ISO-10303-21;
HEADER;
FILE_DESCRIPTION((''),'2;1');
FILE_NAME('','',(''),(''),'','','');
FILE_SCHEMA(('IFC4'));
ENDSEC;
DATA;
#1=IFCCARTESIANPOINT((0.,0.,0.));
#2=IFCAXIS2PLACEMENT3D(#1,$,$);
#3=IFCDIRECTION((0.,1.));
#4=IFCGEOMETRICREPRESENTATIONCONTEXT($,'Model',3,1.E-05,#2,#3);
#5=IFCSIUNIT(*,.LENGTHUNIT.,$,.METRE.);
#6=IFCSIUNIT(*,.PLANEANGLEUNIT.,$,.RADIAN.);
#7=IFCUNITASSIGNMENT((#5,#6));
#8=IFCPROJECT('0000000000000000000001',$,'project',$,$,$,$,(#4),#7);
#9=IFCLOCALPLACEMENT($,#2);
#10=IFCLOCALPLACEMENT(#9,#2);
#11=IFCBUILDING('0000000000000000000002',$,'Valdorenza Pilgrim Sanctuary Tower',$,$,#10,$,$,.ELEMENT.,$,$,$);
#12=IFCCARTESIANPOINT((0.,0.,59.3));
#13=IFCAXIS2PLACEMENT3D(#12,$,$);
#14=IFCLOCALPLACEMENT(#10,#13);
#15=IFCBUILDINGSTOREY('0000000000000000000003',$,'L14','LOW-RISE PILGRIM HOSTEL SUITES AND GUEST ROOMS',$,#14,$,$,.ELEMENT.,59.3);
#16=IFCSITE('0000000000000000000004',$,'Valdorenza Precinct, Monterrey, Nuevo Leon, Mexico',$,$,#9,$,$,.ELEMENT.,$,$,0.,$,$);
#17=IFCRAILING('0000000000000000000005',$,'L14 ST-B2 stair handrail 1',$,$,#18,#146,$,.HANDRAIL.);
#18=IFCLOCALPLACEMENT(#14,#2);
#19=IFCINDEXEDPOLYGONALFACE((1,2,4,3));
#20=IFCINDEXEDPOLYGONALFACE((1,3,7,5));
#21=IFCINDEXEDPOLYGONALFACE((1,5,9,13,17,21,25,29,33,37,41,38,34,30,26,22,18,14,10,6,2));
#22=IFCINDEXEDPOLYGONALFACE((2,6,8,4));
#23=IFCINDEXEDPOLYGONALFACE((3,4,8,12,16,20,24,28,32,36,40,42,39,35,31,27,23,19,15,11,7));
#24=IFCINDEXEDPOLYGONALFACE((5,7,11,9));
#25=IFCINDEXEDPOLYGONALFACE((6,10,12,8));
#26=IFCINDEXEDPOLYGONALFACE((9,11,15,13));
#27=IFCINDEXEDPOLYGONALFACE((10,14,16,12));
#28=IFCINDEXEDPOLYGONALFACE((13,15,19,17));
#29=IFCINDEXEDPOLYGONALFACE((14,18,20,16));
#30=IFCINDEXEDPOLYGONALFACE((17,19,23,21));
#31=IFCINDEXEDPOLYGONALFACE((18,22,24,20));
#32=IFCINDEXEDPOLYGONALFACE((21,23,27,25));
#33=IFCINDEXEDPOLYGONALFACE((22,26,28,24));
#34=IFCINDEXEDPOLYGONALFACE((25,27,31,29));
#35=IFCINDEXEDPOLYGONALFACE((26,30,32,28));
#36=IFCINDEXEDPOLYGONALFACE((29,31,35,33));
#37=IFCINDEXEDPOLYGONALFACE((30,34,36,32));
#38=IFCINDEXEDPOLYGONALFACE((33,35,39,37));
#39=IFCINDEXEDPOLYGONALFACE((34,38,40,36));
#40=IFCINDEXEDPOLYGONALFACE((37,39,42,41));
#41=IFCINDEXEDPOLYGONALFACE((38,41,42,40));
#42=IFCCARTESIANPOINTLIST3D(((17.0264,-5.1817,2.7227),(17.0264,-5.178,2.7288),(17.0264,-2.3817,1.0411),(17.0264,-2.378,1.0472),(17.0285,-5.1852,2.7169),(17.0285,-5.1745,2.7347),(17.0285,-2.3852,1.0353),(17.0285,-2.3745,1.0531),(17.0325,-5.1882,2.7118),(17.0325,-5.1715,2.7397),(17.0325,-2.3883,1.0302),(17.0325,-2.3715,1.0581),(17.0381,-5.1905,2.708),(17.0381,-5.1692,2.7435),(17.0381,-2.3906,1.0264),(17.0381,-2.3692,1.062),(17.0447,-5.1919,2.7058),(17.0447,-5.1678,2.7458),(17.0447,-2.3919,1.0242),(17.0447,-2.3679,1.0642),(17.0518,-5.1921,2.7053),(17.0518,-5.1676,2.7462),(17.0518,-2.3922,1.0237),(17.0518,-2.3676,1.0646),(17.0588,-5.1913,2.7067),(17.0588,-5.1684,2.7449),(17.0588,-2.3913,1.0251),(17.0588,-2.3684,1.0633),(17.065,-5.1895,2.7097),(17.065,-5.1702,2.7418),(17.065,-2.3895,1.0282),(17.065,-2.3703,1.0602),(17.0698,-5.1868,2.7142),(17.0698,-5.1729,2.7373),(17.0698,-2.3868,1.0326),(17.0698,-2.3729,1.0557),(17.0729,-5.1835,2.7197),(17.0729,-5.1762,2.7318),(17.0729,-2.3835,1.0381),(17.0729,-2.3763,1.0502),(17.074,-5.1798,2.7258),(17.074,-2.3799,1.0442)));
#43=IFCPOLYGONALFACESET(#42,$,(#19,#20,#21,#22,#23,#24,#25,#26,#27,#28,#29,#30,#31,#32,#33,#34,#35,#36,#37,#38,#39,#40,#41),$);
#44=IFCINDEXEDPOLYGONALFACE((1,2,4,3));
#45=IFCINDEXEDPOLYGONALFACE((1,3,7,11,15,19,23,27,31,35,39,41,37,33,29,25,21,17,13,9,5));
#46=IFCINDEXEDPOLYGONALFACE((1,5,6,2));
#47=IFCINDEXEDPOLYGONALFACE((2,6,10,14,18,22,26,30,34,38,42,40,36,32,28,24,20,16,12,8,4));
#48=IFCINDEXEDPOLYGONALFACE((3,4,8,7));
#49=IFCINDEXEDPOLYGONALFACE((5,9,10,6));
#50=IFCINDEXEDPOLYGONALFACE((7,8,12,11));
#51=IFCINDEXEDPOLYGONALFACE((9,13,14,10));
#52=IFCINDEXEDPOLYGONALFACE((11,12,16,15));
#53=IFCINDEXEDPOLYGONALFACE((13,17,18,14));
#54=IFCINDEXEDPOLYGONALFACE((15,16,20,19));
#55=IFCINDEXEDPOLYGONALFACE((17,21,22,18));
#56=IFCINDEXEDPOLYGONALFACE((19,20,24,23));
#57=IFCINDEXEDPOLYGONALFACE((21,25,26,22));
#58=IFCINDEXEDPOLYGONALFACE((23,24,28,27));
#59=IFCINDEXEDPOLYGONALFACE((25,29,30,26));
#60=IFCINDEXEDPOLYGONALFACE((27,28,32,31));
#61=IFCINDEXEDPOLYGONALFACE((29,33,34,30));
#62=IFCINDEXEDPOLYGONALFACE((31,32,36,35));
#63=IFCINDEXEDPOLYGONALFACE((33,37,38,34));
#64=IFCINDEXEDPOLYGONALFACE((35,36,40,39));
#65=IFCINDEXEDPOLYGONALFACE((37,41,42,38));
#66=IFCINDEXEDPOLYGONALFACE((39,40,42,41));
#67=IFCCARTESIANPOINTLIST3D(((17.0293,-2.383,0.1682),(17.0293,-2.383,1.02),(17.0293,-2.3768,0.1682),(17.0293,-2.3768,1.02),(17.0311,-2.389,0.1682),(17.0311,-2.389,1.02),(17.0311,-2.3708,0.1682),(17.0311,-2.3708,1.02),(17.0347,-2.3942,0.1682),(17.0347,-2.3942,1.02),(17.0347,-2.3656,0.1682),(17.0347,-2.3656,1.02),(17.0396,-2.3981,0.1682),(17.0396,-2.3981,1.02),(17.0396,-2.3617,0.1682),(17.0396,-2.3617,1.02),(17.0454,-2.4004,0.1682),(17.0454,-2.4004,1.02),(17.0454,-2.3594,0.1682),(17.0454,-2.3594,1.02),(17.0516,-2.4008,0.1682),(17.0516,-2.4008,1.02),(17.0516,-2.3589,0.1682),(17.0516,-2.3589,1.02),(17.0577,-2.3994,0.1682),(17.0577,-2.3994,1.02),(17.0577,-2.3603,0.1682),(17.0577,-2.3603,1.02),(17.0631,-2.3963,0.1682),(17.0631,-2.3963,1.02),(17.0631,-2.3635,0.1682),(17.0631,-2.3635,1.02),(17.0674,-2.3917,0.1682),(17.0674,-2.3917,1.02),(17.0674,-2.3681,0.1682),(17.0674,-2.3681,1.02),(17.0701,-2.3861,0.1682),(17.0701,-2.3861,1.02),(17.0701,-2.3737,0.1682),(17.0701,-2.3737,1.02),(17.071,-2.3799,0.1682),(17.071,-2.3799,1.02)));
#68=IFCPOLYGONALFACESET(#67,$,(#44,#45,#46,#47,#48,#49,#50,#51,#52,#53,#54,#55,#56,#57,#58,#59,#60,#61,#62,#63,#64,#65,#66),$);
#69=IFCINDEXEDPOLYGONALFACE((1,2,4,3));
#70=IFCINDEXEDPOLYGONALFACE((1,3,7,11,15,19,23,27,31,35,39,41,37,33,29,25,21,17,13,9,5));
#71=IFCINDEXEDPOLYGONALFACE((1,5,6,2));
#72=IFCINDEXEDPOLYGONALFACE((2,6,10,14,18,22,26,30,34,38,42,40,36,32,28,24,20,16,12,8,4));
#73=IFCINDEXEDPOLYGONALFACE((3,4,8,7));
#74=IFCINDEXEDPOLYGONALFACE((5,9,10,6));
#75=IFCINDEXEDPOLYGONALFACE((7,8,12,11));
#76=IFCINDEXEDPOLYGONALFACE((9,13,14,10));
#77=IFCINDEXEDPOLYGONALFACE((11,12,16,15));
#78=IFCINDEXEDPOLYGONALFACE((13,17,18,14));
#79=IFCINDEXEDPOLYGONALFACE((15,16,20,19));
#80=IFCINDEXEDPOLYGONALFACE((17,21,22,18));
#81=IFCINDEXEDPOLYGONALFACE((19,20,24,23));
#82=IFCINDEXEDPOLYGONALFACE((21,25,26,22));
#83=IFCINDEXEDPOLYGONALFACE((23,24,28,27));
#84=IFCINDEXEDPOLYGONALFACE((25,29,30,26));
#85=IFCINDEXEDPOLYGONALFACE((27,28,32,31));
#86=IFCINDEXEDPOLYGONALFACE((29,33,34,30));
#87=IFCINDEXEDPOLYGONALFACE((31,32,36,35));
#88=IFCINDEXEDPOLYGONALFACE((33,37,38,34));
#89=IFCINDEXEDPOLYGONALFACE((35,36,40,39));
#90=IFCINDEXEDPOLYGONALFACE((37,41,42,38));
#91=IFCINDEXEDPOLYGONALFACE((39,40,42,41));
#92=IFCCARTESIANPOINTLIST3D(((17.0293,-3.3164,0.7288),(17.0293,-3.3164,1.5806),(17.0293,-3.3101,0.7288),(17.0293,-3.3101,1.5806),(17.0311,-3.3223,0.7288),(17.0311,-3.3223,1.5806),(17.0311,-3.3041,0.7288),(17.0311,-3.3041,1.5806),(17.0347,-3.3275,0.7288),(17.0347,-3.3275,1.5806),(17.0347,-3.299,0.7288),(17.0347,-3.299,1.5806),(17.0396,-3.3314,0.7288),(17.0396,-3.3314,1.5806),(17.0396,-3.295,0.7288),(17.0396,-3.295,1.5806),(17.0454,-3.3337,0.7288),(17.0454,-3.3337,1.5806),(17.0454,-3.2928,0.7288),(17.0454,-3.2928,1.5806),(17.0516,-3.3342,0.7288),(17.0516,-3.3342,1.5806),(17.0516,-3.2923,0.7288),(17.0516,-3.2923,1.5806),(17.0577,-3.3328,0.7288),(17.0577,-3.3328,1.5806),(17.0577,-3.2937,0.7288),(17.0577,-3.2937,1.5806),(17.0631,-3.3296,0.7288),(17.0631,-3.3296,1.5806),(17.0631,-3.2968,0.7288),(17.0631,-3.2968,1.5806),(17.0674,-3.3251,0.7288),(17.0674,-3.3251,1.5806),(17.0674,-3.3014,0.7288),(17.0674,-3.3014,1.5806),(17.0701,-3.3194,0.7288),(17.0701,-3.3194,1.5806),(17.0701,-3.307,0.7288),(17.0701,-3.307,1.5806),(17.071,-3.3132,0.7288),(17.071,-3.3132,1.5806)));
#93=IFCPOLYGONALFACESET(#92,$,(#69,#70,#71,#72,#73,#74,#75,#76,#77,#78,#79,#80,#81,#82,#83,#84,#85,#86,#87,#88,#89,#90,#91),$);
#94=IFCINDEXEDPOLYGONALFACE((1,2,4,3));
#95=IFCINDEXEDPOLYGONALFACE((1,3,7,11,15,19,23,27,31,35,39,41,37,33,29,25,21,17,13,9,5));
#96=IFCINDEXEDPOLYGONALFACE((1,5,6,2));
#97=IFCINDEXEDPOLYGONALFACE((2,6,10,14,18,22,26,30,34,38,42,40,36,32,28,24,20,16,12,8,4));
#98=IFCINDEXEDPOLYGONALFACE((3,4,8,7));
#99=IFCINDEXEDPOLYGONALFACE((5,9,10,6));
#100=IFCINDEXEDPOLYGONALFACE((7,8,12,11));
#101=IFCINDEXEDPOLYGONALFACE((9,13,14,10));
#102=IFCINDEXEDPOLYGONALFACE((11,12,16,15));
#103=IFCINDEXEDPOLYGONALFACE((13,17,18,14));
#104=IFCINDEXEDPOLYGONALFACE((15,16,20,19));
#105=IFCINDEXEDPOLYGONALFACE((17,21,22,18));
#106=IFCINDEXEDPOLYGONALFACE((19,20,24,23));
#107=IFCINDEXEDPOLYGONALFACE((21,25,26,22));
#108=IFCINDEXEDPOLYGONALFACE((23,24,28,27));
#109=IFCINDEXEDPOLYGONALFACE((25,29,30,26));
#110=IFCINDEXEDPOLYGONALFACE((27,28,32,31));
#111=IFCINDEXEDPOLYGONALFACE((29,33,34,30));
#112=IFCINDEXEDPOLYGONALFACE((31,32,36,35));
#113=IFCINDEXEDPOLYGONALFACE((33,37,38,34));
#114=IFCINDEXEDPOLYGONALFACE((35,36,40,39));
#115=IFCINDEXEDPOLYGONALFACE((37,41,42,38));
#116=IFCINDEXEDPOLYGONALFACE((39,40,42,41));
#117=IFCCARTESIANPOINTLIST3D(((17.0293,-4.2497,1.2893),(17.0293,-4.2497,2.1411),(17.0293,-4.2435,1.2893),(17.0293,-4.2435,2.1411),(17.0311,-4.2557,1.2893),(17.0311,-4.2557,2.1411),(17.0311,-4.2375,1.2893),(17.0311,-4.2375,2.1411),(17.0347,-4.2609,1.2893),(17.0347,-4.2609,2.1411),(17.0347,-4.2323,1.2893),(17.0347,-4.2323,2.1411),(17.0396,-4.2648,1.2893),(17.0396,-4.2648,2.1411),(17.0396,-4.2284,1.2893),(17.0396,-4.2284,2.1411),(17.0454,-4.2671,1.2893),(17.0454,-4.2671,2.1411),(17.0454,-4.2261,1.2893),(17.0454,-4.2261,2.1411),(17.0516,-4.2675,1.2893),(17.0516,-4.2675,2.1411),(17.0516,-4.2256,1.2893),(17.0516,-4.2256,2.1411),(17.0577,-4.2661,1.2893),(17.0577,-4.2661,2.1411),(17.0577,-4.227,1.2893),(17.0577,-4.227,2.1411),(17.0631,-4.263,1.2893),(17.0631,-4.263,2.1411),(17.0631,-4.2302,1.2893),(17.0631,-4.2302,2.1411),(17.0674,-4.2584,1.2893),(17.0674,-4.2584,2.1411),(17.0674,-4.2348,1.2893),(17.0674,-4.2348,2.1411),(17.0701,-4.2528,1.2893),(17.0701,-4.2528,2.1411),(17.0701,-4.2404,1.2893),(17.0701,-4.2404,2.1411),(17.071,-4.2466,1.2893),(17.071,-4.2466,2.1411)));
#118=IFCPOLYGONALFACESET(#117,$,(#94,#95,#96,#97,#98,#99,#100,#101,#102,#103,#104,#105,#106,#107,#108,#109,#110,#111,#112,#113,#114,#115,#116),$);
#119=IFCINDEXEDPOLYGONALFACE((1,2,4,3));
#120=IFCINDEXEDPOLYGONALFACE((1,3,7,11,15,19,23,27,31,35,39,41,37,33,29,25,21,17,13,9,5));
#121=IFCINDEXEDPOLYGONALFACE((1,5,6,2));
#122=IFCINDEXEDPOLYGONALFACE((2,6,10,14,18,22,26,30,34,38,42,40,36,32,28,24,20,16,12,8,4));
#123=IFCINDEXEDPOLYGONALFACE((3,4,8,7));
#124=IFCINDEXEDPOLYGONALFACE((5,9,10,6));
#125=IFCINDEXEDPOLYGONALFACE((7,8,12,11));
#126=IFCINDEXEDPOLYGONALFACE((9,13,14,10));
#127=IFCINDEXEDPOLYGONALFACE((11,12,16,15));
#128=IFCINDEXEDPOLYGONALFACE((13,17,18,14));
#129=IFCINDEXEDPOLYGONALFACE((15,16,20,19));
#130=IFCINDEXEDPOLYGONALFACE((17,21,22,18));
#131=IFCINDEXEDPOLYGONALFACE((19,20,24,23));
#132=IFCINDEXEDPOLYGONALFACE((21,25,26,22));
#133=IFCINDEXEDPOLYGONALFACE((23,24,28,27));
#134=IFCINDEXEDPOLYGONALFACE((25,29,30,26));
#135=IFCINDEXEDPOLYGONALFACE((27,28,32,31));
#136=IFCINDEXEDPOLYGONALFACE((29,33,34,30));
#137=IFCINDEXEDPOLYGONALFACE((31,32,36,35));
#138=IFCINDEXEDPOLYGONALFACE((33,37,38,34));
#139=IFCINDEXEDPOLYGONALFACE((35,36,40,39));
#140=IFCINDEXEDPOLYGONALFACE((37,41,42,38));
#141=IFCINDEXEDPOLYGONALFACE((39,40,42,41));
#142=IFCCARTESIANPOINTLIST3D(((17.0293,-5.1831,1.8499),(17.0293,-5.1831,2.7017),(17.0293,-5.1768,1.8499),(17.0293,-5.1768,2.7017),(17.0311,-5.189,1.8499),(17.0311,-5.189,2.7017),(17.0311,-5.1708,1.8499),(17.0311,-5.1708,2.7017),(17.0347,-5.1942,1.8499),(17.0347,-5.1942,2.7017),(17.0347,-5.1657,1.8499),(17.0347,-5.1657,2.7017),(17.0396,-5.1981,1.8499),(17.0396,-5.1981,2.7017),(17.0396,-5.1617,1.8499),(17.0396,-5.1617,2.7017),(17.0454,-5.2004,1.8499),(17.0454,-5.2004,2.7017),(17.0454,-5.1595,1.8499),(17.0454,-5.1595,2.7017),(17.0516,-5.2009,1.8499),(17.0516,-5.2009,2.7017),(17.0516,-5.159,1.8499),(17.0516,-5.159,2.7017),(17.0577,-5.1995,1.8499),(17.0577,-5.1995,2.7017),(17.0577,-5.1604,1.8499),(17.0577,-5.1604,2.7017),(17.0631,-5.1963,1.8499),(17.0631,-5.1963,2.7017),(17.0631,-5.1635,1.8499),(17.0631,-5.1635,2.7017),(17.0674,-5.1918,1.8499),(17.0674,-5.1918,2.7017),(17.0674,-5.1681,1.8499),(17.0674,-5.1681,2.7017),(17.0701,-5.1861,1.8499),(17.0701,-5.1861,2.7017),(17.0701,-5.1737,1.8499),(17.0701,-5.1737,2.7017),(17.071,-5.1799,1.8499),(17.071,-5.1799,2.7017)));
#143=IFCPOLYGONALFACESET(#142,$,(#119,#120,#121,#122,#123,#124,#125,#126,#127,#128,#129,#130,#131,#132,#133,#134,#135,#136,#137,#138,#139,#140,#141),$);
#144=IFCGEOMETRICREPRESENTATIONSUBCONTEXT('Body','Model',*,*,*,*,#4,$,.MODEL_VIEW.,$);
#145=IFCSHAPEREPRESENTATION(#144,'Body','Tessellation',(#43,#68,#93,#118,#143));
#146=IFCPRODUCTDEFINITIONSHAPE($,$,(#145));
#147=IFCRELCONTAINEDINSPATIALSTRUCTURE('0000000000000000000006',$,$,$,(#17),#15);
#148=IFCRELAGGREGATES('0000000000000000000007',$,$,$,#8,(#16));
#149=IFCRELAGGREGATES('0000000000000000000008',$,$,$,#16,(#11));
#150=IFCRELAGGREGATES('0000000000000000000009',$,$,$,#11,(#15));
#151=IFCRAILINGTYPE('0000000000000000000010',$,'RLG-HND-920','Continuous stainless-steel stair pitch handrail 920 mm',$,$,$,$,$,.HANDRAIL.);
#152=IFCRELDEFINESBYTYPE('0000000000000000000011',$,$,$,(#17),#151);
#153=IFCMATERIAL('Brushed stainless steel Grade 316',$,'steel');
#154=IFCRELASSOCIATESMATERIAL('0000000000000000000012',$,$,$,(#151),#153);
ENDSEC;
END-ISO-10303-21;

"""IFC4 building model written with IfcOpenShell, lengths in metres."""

from ifc_helpers import new_model, si_unit, direction, frame, origin, origin_2d, place, context, subcontext, project, spatial, circle, extrude, material, type_object, element, save


model = new_model("IFC4")

# Units and contexts
model_context = context("Model", 3, precision=1e-05, world=origin(), true_north=direction((0.0, 1.0)))
body_context = subcontext(model_context, "Body", "Model", "MODEL_VIEW")
ifc_project = project(units=[si_unit("LENGTHUNIT", "METRE"), si_unit("PLANEANGLEUNIT", "RADIAN")], contexts=[model_context])

# Site, building, storey
site_placement = place(None, origin())
site = spatial("IfcSite", under=ifc_project, at=site_placement, Name="Valdorenza Precinct, Monterrey, Nuevo Leon, Mexico", CompositionType="ELEMENT", RefElevation=0.0)
building_placement = place(site_placement, origin())
building = spatial("IfcBuilding", under=site, at=building_placement, Name="Valdorenza Pilgrim Sanctuary Tower", CompositionType="ELEMENT")
storey_placement = place(building_placement, frame((0.0, 0.0, 59.3)))
storey = spatial("IfcBuildingStorey", under=building, at=storey_placement, Name="L14", Description="LOW-RISE PILGRIM HOSTEL SUITES AND GUEST ROOMS", CompositionType="ELEMENT", Elevation=59.3)

# Shared definitions
ifc_material_1 = material(Name="Brushed stainless steel Grade 316", Category="steel")

# Railing
railing_type_1 = type_object("IfcRailingType", Name="RLG-HND-920", Description="Continuous stainless-steel stair pitch handrail 920 mm", PredefinedType="HANDRAIL", material=ifc_material_1)
railing_1_placement = place(storey_placement, frame((17.05, -2.3799, 0.1682)))
element("IfcRailing", 1, at=railing_1_placement, inside=storey, type_object=railing_type_1, Name="L14 ST-B2 stair handrail 1", PredefinedType="HANDRAIL", context=body_context, shape_type="SweptSolid", body=[
    extrude(circle(Radius=0.0239, at=origin_2d()), frame((0.0, 0.0, 0.876), z_axis=(0.0, -0.857275, 0.514858), x_axis=(1.0, 0.0, 0.0)), (0.0, 0.0, 1.0), 3.2661),
    extrude(circle(Radius=0.021, at=origin_2d()), origin(), (0.0, 0.0, 1.0), 0.8518),
    extrude(circle(Radius=0.021, at=origin_2d()), frame((0.0, -0.9333, 0.5605)), (0.0, 0.0, 1.0), 0.8518),
    extrude(circle(Radius=0.021, at=origin_2d()), frame((0.0, -1.8667, 1.1211)), (0.0, 0.0, 1.0), 0.8518),
    extrude(circle(Radius=0.021, at=origin_2d()), frame((0.0, -2.8, 1.6816)), (0.0, 0.0, 1.0), 0.8518),
])

save(model, "model.ifc")
